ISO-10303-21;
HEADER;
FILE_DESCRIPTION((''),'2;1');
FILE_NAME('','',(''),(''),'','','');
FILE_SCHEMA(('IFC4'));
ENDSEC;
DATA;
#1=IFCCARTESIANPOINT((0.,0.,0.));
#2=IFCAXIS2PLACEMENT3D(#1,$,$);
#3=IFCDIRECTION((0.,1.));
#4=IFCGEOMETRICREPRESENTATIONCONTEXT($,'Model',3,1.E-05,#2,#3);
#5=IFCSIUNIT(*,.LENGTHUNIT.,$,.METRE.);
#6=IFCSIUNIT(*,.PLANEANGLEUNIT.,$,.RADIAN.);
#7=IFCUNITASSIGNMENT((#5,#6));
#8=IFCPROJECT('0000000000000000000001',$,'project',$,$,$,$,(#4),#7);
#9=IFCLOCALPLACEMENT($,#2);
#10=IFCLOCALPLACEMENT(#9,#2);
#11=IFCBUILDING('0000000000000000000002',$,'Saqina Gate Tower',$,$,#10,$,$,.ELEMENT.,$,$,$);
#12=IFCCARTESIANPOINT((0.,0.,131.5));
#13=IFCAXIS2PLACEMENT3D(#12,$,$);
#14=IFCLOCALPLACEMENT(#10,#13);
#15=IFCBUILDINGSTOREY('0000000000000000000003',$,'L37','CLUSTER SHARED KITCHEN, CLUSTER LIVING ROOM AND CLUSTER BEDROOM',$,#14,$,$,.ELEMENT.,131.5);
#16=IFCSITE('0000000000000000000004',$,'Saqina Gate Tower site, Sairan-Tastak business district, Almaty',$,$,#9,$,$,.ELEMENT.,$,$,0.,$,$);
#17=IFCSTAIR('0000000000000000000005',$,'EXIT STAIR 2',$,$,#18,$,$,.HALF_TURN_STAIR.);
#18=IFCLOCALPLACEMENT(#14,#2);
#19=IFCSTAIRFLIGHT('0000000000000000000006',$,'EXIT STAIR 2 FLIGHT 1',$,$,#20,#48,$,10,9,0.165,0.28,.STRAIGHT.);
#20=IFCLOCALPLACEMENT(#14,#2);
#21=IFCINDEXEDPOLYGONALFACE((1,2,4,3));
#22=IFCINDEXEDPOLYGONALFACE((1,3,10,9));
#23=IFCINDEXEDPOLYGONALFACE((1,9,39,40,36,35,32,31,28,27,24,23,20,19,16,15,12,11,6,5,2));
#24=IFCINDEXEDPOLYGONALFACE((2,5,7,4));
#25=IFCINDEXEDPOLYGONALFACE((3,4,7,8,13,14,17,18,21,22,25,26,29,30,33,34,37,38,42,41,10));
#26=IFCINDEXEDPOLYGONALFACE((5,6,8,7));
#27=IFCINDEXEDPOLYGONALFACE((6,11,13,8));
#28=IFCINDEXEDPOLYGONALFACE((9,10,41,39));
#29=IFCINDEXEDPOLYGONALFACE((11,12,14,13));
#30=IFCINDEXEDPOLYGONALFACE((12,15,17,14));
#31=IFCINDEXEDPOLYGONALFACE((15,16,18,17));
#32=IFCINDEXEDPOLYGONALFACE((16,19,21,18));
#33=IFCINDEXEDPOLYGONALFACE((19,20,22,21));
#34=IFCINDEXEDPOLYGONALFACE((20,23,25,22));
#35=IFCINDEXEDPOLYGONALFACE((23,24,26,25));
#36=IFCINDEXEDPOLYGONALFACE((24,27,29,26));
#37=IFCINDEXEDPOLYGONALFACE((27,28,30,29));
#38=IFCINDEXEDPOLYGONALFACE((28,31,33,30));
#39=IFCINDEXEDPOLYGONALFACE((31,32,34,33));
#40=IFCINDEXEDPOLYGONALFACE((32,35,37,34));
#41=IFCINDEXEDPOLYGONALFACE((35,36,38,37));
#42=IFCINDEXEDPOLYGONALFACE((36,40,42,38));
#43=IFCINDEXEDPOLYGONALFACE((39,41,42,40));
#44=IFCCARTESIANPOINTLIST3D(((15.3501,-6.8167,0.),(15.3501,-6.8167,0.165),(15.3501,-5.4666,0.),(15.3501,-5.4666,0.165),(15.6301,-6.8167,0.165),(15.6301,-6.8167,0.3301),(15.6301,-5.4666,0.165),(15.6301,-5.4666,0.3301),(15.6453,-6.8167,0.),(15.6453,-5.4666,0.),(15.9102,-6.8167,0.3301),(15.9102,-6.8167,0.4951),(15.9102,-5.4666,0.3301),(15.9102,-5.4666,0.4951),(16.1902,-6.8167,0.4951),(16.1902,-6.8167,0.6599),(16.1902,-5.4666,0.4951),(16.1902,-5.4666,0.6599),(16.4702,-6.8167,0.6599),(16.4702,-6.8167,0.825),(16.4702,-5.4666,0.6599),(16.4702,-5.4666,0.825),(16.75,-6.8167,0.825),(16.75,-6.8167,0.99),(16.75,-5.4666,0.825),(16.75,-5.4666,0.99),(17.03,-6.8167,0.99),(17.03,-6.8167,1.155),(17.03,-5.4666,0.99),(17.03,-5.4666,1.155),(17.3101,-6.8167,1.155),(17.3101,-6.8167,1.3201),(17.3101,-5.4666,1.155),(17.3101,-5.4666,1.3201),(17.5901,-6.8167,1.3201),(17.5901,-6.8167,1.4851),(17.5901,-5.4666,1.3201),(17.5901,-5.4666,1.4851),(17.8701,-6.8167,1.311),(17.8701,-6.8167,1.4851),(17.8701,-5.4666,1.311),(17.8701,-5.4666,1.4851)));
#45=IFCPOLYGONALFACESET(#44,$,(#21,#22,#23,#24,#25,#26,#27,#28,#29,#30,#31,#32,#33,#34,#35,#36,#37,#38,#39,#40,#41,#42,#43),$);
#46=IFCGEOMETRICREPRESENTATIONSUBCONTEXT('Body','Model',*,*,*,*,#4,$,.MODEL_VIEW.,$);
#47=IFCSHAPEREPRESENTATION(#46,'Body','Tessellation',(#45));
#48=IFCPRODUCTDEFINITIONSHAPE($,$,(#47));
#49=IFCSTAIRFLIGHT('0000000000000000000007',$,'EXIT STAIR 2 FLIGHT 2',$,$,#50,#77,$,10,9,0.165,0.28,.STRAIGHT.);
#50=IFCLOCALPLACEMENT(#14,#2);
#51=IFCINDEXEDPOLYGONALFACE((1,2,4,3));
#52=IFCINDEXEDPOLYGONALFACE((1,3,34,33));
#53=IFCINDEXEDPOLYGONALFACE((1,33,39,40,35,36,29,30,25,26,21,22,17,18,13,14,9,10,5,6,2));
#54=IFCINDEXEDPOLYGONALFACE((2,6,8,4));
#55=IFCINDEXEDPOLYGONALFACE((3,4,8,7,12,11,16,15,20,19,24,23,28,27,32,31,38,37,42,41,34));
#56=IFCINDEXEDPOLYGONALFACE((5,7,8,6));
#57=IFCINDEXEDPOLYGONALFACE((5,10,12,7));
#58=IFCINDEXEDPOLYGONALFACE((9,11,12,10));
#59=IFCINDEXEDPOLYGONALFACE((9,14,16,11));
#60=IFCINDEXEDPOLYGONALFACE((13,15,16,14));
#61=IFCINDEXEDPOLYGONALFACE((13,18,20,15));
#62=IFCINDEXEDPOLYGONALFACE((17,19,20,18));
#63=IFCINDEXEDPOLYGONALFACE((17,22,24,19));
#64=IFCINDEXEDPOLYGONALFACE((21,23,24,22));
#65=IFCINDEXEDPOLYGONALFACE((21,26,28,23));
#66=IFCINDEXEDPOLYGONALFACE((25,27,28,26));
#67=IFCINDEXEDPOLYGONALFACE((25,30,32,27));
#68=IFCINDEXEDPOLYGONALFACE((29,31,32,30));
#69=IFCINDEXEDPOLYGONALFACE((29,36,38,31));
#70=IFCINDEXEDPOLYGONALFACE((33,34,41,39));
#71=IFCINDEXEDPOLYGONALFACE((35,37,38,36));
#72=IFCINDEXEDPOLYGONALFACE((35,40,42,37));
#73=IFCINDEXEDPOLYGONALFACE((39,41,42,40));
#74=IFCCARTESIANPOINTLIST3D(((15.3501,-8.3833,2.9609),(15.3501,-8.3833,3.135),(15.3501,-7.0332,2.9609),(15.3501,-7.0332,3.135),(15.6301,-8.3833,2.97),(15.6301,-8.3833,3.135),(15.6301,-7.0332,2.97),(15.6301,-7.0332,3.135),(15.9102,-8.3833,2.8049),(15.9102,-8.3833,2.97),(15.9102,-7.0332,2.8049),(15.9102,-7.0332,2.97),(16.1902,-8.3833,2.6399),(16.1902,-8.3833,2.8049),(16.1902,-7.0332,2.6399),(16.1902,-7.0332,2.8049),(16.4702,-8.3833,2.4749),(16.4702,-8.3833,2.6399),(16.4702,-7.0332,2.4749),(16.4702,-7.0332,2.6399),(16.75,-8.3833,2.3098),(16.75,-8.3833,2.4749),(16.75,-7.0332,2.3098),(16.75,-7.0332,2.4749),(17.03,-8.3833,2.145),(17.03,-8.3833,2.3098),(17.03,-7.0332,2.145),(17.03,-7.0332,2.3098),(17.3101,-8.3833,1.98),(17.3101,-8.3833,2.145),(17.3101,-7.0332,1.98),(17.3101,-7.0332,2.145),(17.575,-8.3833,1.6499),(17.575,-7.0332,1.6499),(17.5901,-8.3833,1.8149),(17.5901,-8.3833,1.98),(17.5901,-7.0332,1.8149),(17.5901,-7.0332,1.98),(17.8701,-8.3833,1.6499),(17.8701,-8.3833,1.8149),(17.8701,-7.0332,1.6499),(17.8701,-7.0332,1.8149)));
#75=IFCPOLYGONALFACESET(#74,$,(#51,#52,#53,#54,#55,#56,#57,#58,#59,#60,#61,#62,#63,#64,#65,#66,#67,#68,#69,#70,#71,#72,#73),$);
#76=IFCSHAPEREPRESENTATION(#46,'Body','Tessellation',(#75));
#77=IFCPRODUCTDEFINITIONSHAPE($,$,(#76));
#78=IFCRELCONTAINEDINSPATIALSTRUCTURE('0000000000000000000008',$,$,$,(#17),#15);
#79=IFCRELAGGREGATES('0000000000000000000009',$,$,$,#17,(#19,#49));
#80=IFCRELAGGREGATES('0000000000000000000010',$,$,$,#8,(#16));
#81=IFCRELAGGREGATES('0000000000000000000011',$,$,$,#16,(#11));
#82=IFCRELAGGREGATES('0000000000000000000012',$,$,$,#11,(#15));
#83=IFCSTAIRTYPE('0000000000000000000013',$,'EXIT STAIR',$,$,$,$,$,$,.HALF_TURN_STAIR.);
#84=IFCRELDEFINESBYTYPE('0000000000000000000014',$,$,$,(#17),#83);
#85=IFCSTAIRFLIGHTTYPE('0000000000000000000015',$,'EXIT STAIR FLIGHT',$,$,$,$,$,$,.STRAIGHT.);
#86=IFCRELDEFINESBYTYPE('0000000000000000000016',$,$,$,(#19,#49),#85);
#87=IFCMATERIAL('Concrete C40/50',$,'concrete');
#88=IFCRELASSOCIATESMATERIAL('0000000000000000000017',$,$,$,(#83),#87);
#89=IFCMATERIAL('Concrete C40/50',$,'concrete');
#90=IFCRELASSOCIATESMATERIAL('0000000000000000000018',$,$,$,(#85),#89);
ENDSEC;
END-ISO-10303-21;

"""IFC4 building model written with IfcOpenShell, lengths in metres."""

from ifc_helpers import new_model, si_unit, direction, frame, origin, place, context, subcontext, project, spatial, polyline, outline, extrude, material, type_object, element, aggregate, save


model = new_model("IFC4")

# Units and contexts
model_context = context("Model", 3, precision=1e-05, world=origin(), true_north=direction((0.0, 1.0)))
body_context = subcontext(model_context, "Body", "Model", "MODEL_VIEW")
ifc_project = project(units=[si_unit("LENGTHUNIT", "METRE"), si_unit("PLANEANGLEUNIT", "RADIAN")], contexts=[model_context])

# Site, building, storey
site_placement = place(None, origin())
site = spatial("IfcSite", under=ifc_project, at=site_placement, Name="Saqina Gate Tower site, Sairan-Tastak business district, Almaty", CompositionType="ELEMENT", RefElevation=0.0)
building_placement = place(site_placement, origin())
building = spatial("IfcBuilding", under=site, at=building_placement, Name="Saqina Gate Tower", CompositionType="ELEMENT")
storey_placement = place(building_placement, frame((0.0, 0.0, 131.5)))
storey = spatial("IfcBuildingStorey", under=building, at=storey_placement, Name="L37", Description="CLUSTER SHARED KITCHEN, CLUSTER LIVING ROOM AND CLUSTER BEDROOM", CompositionType="ELEMENT", Elevation=131.5)

# Stair, stair flights
ifc_material_1 = material(Name="Concrete C40/50", Category="concrete")
stair_type = type_object("IfcStairType", Name="EXIT STAIR", PredefinedType="HALF_TURN_STAIR", material=ifc_material_1)
stair_placement = place(storey_placement, origin())
stair = element("IfcStair", 1, at=stair_placement, inside=storey, type_object=stair_type, Name="EXIT STAIR 2", PredefinedType="HALF_TURN_STAIR")
ifc_material_2 = material(Name="Concrete C40/50", Category="concrete")
stair_flight_type = type_object("IfcStairFlightType", Name="EXIT STAIR FLIGHT", PredefinedType="STRAIGHT", material=ifc_material_2)
stair_flight_1_placement = place(storey_placement, frame((15.3501, -6.1416, 0.0), z_axis=(0.0, 0.0, 1.0), x_axis=(1.0, 0.0, 0.0)))
stair_flight_1 = element("IfcStairFlight", 2, at=stair_flight_1_placement, type_object=stair_flight_type, Name="EXIT STAIR 2 FLIGHT 1", NumberOfRisers=10, NumberOfTreads=9, PredefinedType="STRAIGHT", RiserHeight=0.165, TreadLength=0.28, context=body_context, shape_type="SweptSolid", body=[
    extrude(outline(polyline([(0.0, 0.0), (0.0, 0.165), (0.28, 0.165), (0.28, 0.3301), (0.5601, 0.3301), (0.5601, 0.4951), (0.8401, 0.4951), (0.8401, 0.6599), (1.1201, 0.6599), (1.1201, 0.825), (1.3999, 0.825), (1.3999, 0.99), (1.6799, 0.99), (1.6799, 1.155), (1.96, 1.155), (1.96, 1.3201), (2.24, 1.3201), (2.24, 1.4851), (2.52, 1.4851), (2.52, 1.6499), (2.52, 1.311), (0.2952, 0.0), (0.0, 0.0)])), frame((0.0, 0.675, 0.0), z_axis=(0.0, -1.0, 0.0), x_axis=(1.0, 0.0, 0.0)), (0.0, 0.0, 1.0), 1.3501),
])
stair_flight_2_placement = place(storey_placement, frame((17.8701, -7.7083, 1.6499), z_axis=(0.0, 0.0, 1.0), x_axis=(-1.0, 0.0, 0.0)))
stair_flight_2 = element("IfcStairFlight", 3, at=stair_flight_2_placement, type_object=stair_flight_type, Name="EXIT STAIR 2 FLIGHT 2", NumberOfRisers=10, NumberOfTreads=9, PredefinedType="STRAIGHT", RiserHeight=0.165, TreadLength=0.28, context=body_context, shape_type="SweptSolid", body=[
    extrude(outline(polyline([(0.0, 0.0), (0.0, 0.165), (0.28, 0.165), (0.28, 0.3301), (0.5601, 0.3301), (0.5601, 0.4951), (0.8401, 0.4951), (0.8401, 0.6599), (1.1201, 0.6599), (1.1201, 0.825), (1.3999, 0.825), (1.3999, 0.99), (1.6799, 0.99), (1.6799, 1.155), (1.96, 1.155), (1.96, 1.3201), (2.24, 1.3201), (2.24, 1.4851), (2.52, 1.4851), (2.52, 1.6499), (2.52, 1.311), (0.2952, 0.0), (0.0, 0.0)])), frame((0.0, 0.675, 0.0), z_axis=(0.0, -1.0, 0.0), x_axis=(1.0, 0.0, 0.0)), (0.0, 0.0, 1.0), 1.3501),
])
aggregate(stair, [stair_flight_1, stair_flight_2])

save(model, "model.ifc")
